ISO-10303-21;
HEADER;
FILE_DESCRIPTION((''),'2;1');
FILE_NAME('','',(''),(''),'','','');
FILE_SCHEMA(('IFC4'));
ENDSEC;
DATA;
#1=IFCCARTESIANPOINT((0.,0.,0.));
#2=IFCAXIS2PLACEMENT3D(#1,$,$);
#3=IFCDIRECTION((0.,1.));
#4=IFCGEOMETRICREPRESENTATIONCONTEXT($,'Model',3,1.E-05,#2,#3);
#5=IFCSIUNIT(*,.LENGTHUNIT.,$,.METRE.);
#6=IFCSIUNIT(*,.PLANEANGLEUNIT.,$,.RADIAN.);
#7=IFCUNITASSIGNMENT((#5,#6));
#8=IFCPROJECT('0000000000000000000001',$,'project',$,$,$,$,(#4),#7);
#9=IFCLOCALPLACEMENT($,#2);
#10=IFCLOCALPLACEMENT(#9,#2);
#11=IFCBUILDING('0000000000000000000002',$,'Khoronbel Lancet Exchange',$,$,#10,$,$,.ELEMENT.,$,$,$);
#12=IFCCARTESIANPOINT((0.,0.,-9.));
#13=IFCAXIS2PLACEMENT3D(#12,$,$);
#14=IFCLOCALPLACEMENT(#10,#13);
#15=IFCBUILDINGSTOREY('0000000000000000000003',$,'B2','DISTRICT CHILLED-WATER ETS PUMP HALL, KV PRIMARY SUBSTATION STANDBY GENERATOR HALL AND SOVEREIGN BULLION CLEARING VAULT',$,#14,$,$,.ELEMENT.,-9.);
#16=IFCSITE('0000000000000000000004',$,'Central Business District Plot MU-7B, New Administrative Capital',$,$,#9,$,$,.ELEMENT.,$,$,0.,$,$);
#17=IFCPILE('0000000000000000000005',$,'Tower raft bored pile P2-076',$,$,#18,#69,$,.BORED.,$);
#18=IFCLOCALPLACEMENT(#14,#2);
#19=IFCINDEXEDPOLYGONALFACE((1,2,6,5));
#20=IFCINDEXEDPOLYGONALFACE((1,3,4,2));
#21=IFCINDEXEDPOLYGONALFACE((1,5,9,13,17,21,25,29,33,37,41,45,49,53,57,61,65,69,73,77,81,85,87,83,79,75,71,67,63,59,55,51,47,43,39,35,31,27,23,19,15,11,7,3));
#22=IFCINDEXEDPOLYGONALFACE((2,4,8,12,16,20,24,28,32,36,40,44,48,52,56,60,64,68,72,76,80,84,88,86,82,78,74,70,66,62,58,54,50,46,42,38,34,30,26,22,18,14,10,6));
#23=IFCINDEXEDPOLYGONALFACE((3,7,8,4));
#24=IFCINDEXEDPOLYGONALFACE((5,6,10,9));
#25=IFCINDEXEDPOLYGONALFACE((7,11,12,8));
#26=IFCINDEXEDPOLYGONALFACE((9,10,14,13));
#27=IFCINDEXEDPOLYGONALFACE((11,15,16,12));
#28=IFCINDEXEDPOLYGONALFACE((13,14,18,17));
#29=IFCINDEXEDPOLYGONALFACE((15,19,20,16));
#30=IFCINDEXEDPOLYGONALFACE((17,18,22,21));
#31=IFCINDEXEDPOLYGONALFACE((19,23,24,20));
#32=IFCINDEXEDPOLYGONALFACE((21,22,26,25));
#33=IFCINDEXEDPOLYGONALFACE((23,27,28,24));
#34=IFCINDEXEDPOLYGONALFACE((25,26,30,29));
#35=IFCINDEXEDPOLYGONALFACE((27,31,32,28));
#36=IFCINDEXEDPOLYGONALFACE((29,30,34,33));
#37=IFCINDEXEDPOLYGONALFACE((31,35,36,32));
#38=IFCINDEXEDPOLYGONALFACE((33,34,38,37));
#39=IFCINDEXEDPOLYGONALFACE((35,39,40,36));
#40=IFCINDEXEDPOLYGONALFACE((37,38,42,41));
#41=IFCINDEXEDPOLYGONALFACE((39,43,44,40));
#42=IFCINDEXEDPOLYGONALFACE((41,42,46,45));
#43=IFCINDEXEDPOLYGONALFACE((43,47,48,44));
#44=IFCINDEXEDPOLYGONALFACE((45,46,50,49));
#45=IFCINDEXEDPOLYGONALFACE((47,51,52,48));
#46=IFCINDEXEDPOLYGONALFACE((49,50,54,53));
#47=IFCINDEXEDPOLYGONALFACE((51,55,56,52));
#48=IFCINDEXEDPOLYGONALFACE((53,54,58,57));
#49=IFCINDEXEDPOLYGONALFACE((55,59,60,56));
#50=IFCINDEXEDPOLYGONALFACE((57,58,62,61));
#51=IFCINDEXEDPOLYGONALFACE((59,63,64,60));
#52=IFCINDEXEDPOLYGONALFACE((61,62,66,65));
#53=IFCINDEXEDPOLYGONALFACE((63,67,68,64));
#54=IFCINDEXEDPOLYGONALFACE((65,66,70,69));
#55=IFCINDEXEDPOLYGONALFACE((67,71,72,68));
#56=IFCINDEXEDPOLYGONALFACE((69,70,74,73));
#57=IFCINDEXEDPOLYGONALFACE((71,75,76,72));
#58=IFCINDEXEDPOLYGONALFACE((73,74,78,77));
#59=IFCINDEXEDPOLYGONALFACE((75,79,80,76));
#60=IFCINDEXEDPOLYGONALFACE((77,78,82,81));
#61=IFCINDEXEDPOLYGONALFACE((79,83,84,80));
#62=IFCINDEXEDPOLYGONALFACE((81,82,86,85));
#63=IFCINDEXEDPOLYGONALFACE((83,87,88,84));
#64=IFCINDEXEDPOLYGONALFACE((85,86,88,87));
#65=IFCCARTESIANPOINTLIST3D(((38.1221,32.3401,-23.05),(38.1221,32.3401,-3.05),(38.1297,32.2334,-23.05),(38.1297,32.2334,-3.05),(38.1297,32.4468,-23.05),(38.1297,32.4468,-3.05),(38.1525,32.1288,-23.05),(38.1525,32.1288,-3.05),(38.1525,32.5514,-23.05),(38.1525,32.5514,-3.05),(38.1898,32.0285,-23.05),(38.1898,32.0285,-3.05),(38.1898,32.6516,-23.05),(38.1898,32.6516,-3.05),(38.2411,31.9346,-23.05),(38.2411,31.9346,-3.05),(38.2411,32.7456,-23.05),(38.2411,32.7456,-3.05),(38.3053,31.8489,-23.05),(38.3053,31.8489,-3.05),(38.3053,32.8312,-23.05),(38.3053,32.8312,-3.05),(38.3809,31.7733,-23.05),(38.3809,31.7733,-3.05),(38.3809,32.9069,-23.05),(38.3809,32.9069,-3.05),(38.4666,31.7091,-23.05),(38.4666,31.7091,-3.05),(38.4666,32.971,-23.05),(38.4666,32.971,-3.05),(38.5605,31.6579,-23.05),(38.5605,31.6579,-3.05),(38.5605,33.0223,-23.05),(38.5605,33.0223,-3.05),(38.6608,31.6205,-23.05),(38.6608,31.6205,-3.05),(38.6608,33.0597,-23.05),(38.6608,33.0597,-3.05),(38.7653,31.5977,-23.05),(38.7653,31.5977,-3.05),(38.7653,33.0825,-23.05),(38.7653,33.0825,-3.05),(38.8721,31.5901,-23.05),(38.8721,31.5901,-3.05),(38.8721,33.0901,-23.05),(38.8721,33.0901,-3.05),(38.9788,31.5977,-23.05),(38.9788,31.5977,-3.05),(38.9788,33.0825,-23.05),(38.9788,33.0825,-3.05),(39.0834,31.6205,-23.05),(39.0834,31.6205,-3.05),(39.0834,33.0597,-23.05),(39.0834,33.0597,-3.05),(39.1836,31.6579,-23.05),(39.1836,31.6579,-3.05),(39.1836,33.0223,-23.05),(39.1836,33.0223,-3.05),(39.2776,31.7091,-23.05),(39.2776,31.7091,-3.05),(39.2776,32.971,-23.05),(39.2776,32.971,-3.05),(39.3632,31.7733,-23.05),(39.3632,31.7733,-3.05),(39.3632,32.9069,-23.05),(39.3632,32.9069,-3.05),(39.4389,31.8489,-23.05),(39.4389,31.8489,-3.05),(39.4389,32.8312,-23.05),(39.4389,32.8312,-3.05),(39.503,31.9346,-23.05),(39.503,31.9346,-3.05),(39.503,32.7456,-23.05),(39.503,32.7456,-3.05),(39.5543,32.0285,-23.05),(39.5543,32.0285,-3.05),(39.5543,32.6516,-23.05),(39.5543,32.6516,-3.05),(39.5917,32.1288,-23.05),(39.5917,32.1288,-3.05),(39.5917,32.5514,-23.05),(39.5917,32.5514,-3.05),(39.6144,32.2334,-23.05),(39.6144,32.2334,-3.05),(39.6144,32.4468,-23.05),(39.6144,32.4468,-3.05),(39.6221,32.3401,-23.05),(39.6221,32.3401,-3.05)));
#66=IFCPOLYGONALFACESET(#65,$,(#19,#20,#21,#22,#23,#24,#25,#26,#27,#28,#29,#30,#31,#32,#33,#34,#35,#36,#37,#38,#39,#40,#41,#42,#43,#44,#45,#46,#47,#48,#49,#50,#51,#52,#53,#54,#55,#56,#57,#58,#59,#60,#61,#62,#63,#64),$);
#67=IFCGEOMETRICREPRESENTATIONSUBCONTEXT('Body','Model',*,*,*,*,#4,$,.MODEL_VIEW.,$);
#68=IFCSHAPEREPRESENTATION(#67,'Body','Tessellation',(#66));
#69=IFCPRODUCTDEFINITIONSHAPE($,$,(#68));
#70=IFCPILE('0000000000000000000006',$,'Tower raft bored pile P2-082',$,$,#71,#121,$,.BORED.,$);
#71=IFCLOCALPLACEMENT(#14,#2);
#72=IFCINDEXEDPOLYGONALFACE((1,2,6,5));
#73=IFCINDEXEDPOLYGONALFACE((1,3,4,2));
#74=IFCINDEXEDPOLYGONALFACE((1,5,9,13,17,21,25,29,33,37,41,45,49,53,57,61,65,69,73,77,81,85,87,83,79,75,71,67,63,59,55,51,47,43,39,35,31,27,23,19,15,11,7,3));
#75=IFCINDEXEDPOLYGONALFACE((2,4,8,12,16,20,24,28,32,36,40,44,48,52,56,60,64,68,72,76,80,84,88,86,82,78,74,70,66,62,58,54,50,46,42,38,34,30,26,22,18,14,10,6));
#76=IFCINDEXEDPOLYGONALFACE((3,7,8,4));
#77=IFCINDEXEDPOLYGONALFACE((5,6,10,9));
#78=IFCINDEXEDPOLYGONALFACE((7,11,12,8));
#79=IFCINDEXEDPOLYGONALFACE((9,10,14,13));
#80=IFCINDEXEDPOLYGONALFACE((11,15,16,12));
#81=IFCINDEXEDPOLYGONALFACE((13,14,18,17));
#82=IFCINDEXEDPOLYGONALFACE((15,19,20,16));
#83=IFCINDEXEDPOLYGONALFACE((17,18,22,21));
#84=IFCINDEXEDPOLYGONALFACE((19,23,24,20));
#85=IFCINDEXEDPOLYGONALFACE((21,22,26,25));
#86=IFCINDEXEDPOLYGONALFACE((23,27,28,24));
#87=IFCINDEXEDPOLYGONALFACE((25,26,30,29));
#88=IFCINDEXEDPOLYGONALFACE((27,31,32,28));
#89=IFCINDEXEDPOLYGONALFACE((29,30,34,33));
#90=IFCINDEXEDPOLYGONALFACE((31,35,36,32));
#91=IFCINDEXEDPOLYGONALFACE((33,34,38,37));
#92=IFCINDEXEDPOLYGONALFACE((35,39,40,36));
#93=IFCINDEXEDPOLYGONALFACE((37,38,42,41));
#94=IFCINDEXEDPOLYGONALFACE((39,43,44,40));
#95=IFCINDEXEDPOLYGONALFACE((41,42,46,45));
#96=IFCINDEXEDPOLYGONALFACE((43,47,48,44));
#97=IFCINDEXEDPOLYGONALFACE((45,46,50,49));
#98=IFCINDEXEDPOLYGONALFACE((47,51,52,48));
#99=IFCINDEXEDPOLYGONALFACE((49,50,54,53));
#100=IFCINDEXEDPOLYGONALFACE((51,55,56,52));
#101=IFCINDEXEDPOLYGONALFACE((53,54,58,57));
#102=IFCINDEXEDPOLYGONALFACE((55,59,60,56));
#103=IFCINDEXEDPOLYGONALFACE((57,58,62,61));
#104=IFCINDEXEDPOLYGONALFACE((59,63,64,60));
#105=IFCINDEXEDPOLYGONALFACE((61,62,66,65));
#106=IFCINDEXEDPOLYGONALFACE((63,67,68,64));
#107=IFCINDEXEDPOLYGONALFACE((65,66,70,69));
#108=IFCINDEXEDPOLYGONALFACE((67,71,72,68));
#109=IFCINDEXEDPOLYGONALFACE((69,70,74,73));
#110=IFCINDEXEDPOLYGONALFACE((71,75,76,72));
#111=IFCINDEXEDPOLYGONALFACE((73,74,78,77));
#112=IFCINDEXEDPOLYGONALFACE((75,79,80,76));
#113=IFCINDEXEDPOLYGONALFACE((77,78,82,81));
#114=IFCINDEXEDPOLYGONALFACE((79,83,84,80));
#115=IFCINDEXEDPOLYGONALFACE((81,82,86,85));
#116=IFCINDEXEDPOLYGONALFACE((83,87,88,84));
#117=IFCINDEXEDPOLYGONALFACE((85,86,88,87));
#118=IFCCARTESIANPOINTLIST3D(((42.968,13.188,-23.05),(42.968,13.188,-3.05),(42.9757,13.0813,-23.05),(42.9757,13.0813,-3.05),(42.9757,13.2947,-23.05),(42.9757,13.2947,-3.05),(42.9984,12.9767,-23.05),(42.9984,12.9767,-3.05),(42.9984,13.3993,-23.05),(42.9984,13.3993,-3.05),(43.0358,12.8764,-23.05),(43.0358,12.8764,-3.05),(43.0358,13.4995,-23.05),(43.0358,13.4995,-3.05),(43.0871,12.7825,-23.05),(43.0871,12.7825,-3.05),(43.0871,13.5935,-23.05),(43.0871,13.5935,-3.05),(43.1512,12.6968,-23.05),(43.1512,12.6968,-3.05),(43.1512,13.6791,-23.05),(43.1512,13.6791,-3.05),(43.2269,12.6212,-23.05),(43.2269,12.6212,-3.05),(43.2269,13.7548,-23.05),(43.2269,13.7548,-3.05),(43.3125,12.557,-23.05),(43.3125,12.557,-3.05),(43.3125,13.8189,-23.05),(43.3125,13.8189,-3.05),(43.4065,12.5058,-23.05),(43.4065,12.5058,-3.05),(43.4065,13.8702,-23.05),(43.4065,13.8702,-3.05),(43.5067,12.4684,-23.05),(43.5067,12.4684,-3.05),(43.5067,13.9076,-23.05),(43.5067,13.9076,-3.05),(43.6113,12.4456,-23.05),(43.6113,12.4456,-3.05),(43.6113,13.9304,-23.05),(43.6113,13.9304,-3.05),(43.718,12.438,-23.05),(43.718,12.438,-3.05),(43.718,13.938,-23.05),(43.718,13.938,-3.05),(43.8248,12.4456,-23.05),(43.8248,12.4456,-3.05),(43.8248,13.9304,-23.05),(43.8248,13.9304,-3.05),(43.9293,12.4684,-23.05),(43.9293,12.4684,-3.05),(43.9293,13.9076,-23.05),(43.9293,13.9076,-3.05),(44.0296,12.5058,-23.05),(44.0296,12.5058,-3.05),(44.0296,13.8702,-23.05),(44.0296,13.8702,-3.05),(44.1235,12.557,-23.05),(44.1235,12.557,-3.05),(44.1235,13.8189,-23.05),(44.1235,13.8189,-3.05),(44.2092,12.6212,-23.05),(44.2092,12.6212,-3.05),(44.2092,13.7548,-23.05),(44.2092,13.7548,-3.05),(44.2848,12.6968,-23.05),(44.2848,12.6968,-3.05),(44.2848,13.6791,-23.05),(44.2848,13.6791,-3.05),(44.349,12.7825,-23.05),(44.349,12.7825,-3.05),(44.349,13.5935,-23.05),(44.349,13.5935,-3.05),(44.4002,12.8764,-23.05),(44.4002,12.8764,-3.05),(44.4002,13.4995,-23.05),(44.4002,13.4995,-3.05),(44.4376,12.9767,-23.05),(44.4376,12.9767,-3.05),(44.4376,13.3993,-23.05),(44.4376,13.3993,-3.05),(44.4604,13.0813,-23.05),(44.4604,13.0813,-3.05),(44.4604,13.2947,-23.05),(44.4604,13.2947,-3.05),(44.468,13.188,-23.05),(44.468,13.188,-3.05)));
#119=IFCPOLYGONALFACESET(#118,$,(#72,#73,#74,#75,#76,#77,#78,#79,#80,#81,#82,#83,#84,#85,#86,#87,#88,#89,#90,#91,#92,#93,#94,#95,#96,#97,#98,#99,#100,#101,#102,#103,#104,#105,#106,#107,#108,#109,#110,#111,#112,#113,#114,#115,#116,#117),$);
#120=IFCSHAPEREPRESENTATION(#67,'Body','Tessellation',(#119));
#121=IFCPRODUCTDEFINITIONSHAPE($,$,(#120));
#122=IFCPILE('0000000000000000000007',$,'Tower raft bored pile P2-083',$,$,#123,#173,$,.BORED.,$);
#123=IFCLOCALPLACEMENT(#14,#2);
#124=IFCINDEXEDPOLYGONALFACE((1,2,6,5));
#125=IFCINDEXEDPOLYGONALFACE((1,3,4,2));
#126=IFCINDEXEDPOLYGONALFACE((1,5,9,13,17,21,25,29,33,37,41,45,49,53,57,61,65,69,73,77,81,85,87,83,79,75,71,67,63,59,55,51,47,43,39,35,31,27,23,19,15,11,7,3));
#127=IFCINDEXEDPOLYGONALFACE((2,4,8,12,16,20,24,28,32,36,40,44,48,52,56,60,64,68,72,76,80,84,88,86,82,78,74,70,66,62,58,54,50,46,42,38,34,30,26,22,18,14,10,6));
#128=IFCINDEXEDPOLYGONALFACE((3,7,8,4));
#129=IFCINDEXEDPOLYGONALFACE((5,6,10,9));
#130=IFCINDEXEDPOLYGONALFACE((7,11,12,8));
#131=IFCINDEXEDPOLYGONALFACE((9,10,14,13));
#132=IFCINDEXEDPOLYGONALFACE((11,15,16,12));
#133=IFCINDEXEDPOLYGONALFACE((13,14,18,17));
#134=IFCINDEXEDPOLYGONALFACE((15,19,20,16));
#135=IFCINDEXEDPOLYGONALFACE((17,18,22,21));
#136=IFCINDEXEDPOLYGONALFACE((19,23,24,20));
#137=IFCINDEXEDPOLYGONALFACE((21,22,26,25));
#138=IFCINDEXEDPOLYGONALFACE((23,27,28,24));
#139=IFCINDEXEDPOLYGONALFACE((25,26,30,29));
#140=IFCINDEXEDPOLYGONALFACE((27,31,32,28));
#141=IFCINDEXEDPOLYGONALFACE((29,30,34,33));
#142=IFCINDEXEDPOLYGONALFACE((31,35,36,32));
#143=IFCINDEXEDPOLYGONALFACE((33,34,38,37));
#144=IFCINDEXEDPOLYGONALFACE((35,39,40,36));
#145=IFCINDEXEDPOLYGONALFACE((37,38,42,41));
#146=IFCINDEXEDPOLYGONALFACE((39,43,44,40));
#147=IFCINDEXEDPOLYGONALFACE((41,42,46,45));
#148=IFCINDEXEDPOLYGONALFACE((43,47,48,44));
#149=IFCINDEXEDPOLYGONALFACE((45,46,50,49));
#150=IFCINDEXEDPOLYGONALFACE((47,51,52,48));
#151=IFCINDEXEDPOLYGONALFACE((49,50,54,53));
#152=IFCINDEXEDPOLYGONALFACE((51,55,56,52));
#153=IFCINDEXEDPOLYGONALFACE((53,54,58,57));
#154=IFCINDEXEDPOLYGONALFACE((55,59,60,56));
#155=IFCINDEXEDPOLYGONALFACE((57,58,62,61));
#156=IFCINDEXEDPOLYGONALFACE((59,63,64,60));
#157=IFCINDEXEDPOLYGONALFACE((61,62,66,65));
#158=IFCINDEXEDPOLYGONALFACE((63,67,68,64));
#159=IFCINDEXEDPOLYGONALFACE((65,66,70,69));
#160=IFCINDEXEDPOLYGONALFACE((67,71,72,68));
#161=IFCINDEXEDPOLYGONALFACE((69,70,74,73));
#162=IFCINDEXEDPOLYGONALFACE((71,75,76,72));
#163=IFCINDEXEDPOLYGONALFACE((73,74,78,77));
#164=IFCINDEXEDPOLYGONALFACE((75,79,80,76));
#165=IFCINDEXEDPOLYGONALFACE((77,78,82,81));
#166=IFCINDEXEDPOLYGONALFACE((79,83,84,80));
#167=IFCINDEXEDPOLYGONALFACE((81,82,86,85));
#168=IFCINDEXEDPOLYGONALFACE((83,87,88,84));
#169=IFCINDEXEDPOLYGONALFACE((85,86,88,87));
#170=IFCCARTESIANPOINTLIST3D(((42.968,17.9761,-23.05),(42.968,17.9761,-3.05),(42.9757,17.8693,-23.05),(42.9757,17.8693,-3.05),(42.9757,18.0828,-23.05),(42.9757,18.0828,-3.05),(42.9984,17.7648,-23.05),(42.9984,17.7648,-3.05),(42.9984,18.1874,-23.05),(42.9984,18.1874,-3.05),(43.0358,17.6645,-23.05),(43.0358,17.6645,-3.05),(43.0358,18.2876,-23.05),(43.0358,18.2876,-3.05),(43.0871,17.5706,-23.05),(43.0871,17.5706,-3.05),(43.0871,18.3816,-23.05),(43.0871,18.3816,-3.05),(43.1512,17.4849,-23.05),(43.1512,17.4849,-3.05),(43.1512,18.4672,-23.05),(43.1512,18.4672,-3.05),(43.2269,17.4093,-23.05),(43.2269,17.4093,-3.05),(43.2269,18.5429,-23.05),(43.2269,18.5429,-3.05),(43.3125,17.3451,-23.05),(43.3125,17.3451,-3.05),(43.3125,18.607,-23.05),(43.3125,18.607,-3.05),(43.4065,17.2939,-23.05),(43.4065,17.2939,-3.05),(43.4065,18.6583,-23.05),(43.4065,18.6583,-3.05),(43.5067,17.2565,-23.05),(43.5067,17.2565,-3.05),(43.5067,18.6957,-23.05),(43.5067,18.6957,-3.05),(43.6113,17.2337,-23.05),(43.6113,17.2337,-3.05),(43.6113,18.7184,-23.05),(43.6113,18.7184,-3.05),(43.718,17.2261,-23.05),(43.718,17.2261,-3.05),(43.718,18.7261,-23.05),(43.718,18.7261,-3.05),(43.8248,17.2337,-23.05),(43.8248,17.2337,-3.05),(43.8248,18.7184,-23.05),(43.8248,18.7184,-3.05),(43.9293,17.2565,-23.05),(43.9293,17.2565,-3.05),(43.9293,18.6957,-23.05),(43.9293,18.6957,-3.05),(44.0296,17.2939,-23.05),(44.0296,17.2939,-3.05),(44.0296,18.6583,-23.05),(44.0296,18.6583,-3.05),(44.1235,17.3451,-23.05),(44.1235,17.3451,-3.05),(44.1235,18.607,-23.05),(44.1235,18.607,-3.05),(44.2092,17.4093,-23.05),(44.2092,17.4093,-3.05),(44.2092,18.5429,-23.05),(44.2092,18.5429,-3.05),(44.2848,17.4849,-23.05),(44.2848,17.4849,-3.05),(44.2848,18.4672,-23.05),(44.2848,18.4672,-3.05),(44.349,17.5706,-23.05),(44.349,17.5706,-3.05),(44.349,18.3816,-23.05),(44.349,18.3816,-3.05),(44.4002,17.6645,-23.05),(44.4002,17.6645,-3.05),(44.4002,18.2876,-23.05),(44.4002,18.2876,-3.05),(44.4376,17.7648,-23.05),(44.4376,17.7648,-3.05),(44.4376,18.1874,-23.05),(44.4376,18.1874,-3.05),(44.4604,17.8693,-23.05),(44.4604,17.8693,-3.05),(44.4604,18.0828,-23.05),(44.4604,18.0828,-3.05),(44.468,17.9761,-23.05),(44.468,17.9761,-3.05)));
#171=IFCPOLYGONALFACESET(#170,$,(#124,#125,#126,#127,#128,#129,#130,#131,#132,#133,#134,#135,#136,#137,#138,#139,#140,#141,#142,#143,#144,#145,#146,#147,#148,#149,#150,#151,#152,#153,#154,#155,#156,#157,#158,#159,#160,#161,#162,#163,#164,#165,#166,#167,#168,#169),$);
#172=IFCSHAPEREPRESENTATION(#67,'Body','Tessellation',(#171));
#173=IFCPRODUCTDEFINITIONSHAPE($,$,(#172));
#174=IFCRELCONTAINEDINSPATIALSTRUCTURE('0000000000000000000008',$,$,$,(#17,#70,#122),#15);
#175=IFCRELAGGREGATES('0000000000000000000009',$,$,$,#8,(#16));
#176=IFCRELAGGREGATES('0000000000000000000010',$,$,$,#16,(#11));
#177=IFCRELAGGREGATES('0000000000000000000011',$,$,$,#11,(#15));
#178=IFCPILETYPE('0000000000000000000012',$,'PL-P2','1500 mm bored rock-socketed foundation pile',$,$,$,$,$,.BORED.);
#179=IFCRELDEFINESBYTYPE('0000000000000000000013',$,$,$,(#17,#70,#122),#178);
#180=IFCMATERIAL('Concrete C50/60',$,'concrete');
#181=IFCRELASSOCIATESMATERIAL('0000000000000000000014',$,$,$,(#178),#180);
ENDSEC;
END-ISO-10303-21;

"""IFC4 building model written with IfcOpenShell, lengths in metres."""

from ifc_helpers import new_model, si_unit, direction, frame, origin, origin_2d, place, context, subcontext, project, spatial, circle, extrude, material, material_profile, profile_set, type_object, element, save


model = new_model("IFC4")

# Units and contexts
model_context = context("Model", 3, precision=1e-05, world=origin(), true_north=direction((0.0, 1.0)))
body_context = subcontext(model_context, "Body", "Model", "MODEL_VIEW")
ifc_project = project(units=[si_unit("LENGTHUNIT", "METRE"), si_unit("PLANEANGLEUNIT", "RADIAN")], contexts=[model_context])

# Site, building, storey
site_placement = place(None, origin())
site = spatial("IfcSite", under=ifc_project, at=site_placement, Name="Central Business District Plot MU-7B, New Administrative Capital", CompositionType="ELEMENT", RefElevation=0.0)
building_placement = place(site_placement, origin())
building = spatial("IfcBuilding", under=site, at=building_placement, Name="Khoronbel Lancet Exchange", CompositionType="ELEMENT")
storey_placement = place(building_placement, frame((0.0, 0.0, -9.0)))
storey = spatial("IfcBuildingStorey", under=building, at=storey_placement, Name="B2", Description="DISTRICT CHILLED-WATER ETS PUMP HALL, KV PRIMARY SUBSTATION STANDBY GENERATOR HALL AND SOVEREIGN BULLION CLEARING VAULT", CompositionType="ELEMENT", Elevation=-9.0)

# Piles
ifc_material = material(Name="Concrete C50/60", Category="concrete")
ifc_material_profile = material_profile(ifc_material, circle(Radius=0.75, at=origin_2d()), Name="BORED PILE D1500")
ifc_profile_set = profile_set([ifc_material_profile], Name="Concrete C50/60")
pile_type = type_object("IfcPileType", Name="PL-P2", Description="1500 mm bored rock-socketed foundation pile", PredefinedType="BORED", material=ifc_profile_set)
for number, where, z_axis, x_axis, name in (
    (1, (38.8721, 32.3401, -3.05), (0.0, 0.0, -1.0), (1.0, 0.0, 0.0), "Tower raft bored pile P2-076"),
    (2, (43.718, 13.188, -3.05), (0.0, 0.0, -1.0), (1.0, 0.0, 0.0), "Tower raft bored pile P2-082"),
    (3, (43.718, 17.9761, -3.05), (0.0, 0.0, -1.0), (1.0, 0.0, 0.0), "Tower raft bored pile P2-083"),
):
    element("IfcPile", number, at=place(storey_placement, frame(where, z_axis=z_axis, x_axis=x_axis)), inside=storey, type_object=pile_type, Name=name, PredefinedType="BORED", context=body_context, shape_type="SweptSolid", body=[
        extrude(circle(Radius=0.75, at=origin_2d()), origin(), (0.0, 0.0, 1.0), 20.0),
    ])

save(model, "model.ifc")
